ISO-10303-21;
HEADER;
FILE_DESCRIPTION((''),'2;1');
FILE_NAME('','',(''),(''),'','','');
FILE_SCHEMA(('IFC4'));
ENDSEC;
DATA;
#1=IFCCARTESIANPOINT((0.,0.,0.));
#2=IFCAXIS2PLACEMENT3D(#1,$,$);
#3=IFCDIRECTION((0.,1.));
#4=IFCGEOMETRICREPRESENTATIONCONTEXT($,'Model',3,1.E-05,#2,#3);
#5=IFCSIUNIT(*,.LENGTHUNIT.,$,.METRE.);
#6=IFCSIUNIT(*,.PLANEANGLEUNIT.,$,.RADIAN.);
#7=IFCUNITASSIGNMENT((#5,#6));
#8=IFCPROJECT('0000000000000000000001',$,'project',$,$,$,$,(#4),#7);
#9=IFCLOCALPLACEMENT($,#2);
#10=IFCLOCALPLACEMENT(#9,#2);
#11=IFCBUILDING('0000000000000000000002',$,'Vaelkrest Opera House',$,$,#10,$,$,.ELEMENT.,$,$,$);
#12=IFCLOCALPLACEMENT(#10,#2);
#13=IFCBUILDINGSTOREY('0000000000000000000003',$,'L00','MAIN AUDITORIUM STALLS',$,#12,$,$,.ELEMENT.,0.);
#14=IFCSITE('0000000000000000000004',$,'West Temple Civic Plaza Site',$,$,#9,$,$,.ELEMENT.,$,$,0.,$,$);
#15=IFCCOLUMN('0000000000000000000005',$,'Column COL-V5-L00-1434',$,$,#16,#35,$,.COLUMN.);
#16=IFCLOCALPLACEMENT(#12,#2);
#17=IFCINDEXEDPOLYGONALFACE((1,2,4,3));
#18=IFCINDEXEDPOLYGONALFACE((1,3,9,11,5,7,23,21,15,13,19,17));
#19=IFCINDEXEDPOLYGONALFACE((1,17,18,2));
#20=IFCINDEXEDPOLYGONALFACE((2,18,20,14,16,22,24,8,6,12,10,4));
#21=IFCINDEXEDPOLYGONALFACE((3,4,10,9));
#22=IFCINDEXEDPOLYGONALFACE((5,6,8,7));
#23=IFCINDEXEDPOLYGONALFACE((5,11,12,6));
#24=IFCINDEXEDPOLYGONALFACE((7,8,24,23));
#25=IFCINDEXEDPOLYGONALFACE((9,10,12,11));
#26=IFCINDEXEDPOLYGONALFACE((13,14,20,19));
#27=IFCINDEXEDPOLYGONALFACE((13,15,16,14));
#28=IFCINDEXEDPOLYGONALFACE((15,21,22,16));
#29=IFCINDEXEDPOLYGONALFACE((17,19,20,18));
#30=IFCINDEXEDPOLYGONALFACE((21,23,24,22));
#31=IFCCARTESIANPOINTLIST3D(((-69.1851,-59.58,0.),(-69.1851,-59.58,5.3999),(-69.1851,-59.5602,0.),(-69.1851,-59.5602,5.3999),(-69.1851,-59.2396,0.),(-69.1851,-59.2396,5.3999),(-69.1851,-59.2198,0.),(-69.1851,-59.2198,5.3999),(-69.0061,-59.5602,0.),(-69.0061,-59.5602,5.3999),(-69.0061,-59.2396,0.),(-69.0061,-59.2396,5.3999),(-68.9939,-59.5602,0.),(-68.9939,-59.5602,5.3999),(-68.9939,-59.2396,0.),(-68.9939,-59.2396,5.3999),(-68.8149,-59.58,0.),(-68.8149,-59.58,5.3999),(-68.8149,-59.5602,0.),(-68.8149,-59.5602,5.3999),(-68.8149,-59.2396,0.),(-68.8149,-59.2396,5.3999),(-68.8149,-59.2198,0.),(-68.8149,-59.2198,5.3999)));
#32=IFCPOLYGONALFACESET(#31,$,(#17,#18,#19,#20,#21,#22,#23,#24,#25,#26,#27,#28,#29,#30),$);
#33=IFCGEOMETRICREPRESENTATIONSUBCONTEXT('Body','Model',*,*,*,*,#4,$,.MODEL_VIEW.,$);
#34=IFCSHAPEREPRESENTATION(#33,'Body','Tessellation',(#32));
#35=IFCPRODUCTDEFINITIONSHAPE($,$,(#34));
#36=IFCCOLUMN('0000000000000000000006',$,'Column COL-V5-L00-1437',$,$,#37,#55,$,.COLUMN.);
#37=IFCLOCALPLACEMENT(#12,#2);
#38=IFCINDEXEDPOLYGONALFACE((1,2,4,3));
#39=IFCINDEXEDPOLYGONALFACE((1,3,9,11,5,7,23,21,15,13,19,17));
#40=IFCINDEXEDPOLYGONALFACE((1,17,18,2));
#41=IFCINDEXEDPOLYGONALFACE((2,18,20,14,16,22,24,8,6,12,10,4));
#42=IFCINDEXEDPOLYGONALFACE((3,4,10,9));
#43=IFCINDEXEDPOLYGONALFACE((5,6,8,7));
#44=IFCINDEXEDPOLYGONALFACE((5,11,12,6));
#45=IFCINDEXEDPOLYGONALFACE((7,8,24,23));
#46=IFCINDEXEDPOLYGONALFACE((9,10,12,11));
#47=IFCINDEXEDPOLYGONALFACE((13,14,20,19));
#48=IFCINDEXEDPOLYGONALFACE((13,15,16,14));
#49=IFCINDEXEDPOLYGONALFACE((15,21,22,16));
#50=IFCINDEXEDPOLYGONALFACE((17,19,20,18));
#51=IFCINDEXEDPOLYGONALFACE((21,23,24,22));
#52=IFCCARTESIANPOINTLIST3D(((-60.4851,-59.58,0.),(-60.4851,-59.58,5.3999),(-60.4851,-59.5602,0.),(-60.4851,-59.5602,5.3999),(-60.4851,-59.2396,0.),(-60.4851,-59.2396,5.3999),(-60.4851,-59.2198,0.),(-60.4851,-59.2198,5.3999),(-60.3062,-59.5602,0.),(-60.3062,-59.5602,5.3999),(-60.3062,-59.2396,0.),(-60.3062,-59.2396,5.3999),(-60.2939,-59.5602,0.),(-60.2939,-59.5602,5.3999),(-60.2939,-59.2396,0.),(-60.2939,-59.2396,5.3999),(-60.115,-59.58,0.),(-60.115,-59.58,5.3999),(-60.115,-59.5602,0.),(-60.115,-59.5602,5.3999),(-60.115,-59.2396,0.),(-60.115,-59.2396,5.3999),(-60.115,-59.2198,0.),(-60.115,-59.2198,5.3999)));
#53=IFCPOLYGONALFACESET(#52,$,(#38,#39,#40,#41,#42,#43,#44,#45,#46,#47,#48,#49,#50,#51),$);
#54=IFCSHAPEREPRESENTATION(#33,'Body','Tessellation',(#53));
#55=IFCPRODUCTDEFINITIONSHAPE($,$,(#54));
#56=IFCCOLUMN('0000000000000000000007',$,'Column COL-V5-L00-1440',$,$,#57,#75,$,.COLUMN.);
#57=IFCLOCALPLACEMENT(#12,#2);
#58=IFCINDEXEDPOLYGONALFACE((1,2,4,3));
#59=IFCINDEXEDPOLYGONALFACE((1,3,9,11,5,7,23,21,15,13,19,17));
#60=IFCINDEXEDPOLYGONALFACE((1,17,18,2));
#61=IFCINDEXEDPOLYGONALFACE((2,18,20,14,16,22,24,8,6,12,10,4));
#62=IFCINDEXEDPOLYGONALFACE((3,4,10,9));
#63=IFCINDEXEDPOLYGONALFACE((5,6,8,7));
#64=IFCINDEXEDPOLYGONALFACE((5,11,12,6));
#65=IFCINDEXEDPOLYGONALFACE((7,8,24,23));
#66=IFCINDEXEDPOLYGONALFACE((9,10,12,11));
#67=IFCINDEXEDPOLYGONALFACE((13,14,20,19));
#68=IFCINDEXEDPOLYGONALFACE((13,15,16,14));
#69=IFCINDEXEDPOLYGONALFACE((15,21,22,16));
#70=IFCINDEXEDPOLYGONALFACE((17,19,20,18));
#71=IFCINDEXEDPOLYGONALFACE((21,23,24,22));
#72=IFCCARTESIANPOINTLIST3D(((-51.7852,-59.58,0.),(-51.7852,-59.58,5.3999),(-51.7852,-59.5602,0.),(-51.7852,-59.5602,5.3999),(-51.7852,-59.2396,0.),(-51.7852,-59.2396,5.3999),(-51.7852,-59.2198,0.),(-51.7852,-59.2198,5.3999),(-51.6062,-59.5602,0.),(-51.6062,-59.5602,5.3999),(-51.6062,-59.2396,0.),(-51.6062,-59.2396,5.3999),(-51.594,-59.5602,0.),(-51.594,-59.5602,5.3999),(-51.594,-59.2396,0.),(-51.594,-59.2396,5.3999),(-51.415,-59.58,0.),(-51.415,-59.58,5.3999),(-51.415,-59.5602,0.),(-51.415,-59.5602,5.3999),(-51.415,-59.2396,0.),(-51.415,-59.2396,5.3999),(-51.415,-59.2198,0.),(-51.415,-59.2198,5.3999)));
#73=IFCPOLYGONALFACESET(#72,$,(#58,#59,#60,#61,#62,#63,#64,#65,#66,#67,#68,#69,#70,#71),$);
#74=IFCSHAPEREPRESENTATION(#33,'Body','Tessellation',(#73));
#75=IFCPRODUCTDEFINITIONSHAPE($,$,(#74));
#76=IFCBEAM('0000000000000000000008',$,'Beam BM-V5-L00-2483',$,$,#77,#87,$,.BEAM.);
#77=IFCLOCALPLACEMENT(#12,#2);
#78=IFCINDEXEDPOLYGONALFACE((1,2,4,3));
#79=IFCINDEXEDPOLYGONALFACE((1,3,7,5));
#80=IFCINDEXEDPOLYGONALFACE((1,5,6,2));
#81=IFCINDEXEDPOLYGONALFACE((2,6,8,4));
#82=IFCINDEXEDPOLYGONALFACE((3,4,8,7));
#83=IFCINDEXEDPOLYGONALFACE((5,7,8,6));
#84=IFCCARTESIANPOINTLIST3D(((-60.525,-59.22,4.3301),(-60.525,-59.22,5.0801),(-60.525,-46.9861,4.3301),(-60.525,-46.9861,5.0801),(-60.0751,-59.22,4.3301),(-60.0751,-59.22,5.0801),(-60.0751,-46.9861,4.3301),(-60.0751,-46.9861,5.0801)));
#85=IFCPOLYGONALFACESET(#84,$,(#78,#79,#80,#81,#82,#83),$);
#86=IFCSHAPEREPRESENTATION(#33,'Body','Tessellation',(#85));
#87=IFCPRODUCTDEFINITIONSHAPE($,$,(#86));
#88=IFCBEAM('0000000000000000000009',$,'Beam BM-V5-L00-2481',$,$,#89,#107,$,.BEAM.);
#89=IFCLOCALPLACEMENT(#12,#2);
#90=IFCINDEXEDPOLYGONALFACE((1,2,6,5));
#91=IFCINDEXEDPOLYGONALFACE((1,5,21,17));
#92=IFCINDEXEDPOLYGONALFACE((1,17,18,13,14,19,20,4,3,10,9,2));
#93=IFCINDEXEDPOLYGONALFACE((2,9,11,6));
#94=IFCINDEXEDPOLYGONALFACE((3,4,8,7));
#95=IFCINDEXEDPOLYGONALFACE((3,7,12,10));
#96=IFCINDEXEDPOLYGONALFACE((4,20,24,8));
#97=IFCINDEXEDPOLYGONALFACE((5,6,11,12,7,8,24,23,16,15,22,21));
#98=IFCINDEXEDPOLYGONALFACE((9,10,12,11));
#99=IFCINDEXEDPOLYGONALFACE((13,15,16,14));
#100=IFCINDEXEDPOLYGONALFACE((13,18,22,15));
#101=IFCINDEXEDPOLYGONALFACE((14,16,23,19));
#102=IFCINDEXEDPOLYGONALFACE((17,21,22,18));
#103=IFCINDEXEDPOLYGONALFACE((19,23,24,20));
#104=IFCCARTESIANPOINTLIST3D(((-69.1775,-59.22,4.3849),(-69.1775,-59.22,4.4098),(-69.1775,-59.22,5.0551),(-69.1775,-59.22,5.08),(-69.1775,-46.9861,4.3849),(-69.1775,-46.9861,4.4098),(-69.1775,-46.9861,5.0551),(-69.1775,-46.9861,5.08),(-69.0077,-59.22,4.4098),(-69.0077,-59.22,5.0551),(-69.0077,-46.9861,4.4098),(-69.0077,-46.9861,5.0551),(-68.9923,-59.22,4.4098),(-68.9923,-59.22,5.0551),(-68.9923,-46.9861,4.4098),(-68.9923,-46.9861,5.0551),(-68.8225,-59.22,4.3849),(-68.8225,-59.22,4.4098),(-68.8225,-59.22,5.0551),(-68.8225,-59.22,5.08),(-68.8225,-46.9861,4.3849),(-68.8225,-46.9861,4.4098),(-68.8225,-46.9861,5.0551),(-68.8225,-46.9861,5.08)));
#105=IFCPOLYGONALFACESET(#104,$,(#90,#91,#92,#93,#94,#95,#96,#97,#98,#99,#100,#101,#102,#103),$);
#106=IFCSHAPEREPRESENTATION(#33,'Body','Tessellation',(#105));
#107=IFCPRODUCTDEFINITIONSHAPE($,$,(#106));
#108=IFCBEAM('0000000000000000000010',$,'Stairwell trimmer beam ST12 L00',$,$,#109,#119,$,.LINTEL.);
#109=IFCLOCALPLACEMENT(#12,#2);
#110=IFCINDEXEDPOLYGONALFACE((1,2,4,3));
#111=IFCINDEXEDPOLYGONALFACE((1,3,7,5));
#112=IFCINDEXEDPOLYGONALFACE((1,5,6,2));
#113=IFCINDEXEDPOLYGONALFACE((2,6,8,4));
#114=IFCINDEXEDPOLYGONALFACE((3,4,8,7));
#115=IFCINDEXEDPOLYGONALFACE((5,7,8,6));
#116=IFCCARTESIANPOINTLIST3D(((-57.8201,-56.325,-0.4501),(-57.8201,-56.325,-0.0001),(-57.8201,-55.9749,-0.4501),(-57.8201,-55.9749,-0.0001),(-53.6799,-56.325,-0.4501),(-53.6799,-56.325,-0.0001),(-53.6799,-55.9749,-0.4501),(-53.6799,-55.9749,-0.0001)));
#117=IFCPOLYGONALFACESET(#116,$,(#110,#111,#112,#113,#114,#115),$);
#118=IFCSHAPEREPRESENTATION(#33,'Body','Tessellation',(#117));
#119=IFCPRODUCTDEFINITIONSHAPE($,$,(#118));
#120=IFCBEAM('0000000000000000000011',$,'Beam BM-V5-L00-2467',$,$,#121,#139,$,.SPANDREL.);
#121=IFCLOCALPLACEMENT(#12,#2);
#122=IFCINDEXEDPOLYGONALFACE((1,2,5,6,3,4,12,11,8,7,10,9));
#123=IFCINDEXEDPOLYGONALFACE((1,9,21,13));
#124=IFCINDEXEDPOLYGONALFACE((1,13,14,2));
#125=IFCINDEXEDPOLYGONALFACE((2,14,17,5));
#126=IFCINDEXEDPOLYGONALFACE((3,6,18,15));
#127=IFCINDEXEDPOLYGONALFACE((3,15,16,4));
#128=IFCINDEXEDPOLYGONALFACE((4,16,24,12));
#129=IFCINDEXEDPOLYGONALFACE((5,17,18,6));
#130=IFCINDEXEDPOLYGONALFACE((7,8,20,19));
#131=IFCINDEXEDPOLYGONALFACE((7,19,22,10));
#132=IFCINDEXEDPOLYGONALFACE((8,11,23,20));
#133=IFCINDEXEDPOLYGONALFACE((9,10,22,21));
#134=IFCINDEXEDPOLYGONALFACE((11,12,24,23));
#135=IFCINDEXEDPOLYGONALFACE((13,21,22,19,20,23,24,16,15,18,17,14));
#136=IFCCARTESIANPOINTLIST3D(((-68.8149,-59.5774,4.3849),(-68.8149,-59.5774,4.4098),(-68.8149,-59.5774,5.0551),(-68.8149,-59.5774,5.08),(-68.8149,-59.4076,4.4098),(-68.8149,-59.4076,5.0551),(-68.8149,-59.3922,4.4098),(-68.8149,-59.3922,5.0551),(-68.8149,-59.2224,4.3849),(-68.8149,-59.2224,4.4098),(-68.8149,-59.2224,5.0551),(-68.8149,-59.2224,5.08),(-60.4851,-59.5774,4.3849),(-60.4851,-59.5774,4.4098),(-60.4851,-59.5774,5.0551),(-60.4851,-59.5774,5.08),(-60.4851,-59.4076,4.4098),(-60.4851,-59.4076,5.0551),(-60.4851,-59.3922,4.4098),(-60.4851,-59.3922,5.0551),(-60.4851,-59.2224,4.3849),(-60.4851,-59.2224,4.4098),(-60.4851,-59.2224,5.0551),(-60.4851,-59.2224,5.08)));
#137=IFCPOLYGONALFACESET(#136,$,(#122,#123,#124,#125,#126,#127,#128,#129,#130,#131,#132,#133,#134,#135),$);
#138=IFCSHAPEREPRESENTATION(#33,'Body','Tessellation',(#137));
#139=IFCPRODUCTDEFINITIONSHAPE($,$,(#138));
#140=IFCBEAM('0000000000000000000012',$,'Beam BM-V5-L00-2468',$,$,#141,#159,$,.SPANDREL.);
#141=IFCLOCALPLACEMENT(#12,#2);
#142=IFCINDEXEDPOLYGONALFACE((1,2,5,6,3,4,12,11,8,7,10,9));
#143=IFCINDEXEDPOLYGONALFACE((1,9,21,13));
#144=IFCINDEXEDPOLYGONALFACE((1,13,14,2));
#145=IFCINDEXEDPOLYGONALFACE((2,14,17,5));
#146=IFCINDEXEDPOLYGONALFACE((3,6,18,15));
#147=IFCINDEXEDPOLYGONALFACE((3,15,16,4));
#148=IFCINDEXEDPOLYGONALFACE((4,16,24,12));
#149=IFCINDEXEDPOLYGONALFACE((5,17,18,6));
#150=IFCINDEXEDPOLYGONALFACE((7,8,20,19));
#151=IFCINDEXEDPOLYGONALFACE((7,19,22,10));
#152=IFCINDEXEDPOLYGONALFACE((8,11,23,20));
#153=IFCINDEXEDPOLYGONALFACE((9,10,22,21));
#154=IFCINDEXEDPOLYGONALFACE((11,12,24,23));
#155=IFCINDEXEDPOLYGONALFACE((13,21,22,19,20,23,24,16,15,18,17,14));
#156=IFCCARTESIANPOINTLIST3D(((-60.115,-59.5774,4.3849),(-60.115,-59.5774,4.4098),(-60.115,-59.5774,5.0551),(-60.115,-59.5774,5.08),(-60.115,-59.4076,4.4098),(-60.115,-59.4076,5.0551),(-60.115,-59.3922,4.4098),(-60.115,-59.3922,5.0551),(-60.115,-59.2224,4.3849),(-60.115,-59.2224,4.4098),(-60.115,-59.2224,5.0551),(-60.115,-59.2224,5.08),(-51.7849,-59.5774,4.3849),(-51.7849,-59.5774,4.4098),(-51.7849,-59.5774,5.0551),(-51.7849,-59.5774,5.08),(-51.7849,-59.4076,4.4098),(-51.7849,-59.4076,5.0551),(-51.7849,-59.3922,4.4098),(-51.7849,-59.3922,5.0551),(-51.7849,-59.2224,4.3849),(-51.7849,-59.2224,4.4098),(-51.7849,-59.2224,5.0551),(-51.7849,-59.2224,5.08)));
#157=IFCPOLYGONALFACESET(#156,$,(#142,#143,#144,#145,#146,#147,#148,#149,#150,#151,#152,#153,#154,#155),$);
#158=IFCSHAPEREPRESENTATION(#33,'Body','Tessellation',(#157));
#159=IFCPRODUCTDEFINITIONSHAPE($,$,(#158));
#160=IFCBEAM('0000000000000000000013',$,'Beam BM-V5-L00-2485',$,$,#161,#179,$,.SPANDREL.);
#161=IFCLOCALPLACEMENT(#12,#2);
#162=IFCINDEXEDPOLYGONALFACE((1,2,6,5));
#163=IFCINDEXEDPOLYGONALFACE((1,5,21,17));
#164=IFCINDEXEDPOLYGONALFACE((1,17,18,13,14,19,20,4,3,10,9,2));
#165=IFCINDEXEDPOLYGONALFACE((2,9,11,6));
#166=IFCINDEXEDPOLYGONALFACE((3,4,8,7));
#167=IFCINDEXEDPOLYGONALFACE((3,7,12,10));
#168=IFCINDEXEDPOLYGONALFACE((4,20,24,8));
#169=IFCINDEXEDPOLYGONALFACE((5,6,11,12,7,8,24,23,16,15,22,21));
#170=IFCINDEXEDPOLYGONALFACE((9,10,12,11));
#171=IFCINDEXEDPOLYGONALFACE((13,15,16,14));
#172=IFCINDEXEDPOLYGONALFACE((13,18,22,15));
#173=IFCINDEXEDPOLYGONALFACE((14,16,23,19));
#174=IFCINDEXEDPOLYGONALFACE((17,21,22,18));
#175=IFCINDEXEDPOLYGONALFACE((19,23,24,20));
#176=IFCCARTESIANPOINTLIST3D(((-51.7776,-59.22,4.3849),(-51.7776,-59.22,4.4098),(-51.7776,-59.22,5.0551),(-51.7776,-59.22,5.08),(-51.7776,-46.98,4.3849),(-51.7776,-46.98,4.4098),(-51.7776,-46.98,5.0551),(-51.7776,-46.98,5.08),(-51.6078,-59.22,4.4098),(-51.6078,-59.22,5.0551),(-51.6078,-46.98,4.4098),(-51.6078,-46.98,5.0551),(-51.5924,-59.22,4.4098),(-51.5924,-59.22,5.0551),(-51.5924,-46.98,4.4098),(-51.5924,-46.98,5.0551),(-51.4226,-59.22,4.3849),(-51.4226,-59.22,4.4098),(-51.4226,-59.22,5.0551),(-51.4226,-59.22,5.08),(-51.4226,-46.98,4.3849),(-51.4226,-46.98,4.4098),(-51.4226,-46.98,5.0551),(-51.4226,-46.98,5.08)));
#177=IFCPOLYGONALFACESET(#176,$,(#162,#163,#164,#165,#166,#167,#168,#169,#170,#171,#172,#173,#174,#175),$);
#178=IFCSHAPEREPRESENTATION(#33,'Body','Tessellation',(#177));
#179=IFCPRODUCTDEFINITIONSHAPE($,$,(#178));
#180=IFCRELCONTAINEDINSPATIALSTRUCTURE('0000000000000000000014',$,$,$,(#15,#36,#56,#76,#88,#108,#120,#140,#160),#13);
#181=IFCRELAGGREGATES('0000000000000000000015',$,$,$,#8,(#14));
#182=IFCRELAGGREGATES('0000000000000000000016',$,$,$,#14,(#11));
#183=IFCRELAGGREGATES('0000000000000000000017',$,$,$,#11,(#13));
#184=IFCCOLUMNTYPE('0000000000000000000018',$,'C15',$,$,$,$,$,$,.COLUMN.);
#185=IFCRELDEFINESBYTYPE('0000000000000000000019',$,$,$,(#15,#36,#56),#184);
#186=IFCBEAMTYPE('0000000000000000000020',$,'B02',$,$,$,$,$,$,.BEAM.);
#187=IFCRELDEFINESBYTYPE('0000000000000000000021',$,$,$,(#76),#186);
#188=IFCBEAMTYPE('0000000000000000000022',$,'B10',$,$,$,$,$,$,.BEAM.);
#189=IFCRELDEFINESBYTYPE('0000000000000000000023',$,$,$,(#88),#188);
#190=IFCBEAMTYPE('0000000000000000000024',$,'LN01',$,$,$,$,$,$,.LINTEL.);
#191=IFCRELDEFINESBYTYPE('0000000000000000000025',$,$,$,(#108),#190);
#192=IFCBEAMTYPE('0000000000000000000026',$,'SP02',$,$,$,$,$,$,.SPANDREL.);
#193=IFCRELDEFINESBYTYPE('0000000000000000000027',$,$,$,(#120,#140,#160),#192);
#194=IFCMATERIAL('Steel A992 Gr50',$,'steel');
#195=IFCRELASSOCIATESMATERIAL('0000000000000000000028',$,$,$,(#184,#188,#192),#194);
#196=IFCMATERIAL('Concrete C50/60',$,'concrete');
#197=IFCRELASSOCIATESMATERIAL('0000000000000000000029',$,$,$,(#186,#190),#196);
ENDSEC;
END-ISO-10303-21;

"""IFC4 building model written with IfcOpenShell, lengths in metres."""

from ifc_helpers import new_model, si_unit, direction, frame, origin, origin_2d, place, context, subcontext, project, spatial, rectangle, i_section, extrude, material, material_profile, profile_set, type_object, element, save


model = new_model("IFC4")

# Units and contexts
model_context = context("Model", 3, precision=1e-05, world=origin(), true_north=direction((0.0, 1.0)))
body_context = subcontext(model_context, "Body", "Model", "MODEL_VIEW")
ifc_project = project(units=[si_unit("LENGTHUNIT", "METRE"), si_unit("PLANEANGLEUNIT", "RADIAN")], contexts=[model_context])

# Site, building, storey
site_placement = place(None, origin())
site = spatial("IfcSite", under=ifc_project, at=site_placement, Name="West Temple Civic Plaza Site", CompositionType="ELEMENT", RefElevation=0.0)
building_placement = place(site_placement, origin())
building = spatial("IfcBuilding", under=site, at=building_placement, Name="Vaelkrest Opera House", CompositionType="ELEMENT")
storey_placement = place(building_placement, origin())
storey = spatial("IfcBuildingStorey", under=building, at=storey_placement, Name="L00", Description="MAIN AUDITORIUM STALLS", CompositionType="ELEMENT", Elevation=0.0)

# Columns
ifc_material_1 = material(Name="Steel A992 Gr50", Category="steel")
ifc_material_profile_1 = material_profile(ifc_material_1, i_section(OverallWidth=0.3701, OverallDepth=0.3601, WebThickness=0.0122, FlangeThickness=0.0198, at=origin_2d()), Name="W14X99")
ifc_profile_set_1 = profile_set([ifc_material_profile_1], Name="Steel A992 Gr50")
column_type = type_object("IfcColumnType", Name="C15", PredefinedType="COLUMN", material=ifc_profile_set_1)
for number, where, z_axis, x_axis, name in (
    (1, (-69.0, -59.3999, 0.0), (0.0, 0.0, 1.0), (1.0, 0.0, 0.0), "Column COL-V5-L00-1434"),
    (2, (-60.3, -59.3999, 0.0), (0.0, 0.0, 1.0), (1.0, 0.0, 0.0), "Column COL-V5-L00-1437"),
    (3, (-51.6001, -59.3999, 0.0), (0.0, 0.0, 1.0), (1.0, 0.0, 0.0), "Column COL-V5-L00-1440"),
):
    element("IfcColumn", number, at=place(storey_placement, frame(where, z_axis=z_axis, x_axis=x_axis)), inside=storey, type_object=column_type, Name=name, PredefinedType="COLUMN", context=body_context, shape_type="SweptSolid", body=[
        extrude(i_section(OverallWidth=0.3701, OverallDepth=0.3601, WebThickness=0.0122, FlangeThickness=0.0198, at=origin_2d()), origin(), (0.0, 0.0, 1.0), 5.3999),
    ])

# Beams
ifc_material_2 = material(Name="Concrete C50/60", Category="concrete")
ifc_material_profile_2 = material_profile(ifc_material_2, rectangle(XDim=0.45, YDim=0.75, at=origin_2d()), Name="RCB450X750")
ifc_profile_set_2 = profile_set([ifc_material_profile_2], Name="Concrete C50/60")
beam_type_1 = type_object("IfcBeamType", Name="B02", PredefinedType="BEAM", material=ifc_profile_set_2)
beam_1_placement = place(storey_placement, frame((-60.3, -59.22, 4.7051), z_axis=(0.0, 1.0, 0.0), x_axis=(-1.0, 0.0, 0.0)))
element("IfcBeam", 4, at=beam_1_placement, inside=storey, type_object=beam_type_1, Name="Beam BM-V5-L00-2483", PredefinedType="BEAM", context=body_context, shape_type="SweptSolid", body=[
    extrude(rectangle(XDim=0.45, YDim=0.75, at=origin_2d()), origin(), (0.0, 0.0, 1.0), 12.2339),
])
ifc_material_profile_3 = material_profile(ifc_material_1, i_section(OverallWidth=0.355, OverallDepth=0.6951, WebThickness=0.0154, FlangeThickness=0.0249, at=origin_2d()), Name="W27X146")
ifc_profile_set_3 = profile_set([ifc_material_profile_3], Name="Steel A992 Gr50")
beam_type_2 = type_object("IfcBeamType", Name="B10", PredefinedType="BEAM", material=ifc_profile_set_3)
beam_2_placement = place(storey_placement, frame((-69.0, -59.22, 4.7324), z_axis=(0.0, 1.0, 0.0), x_axis=(-1.0, 0.0, 0.0)))
element("IfcBeam", 5, at=beam_2_placement, inside=storey, type_object=beam_type_2, Name="Beam BM-V5-L00-2481", PredefinedType="BEAM", context=body_context, shape_type="SweptSolid", body=[
    extrude(i_section(OverallWidth=0.355, OverallDepth=0.6951, WebThickness=0.0154, FlangeThickness=0.0249, at=origin_2d()), origin(), (0.0, 0.0, 1.0), 12.2339),
])
ifc_material_profile_4 = material_profile(ifc_material_2, rectangle(XDim=0.3501, YDim=0.45, at=origin_2d()), Name="RCB350X450")
ifc_profile_set_4 = profile_set([ifc_material_profile_4], Name="Concrete C50/60")
beam_type_3 = type_object("IfcBeamType", Name="LN01", PredefinedType="LINTEL", material=ifc_profile_set_4)
beam_3_placement = place(storey_placement, frame((-57.8201, -56.1499, -0.2251), z_axis=(1.0, 0.0, 0.0), x_axis=(0.0, 1.0, 0.0)))
element("IfcBeam", 6, at=beam_3_placement, inside=storey, type_object=beam_type_3, Name="Stairwell trimmer beam ST12 L00", PredefinedType="LINTEL", context=body_context, shape_type="SweptSolid", body=[
    extrude(rectangle(XDim=0.3501, YDim=0.45, at=origin_2d()), origin(), (0.0, 0.0, 1.0), 4.1401),
])
ifc_material_profile_5 = material_profile(ifc_material_1, i_section(OverallWidth=0.355, OverallDepth=0.6951, WebThickness=0.0154, FlangeThickness=0.0249, at=origin_2d()), Name="W27X146")
ifc_profile_set_5 = profile_set([ifc_material_profile_5], Name="Steel A992 Gr50")
beam_type_4 = type_object("IfcBeamType", Name="SP02", PredefinedType="SPANDREL", material=ifc_profile_set_5)
beam_4_placement = place(storey_placement, frame((-68.8149, -59.3999, 4.7324), z_axis=(1.0, 0.0, 0.0), x_axis=(0.0, 1.0, 0.0)))
element("IfcBeam", 7, at=beam_4_placement, inside=storey, type_object=beam_type_4, Name="Beam BM-V5-L00-2467", PredefinedType="SPANDREL", context=body_context, shape_type="SweptSolid", body=[
    extrude(i_section(OverallWidth=0.355, OverallDepth=0.6951, WebThickness=0.0154, FlangeThickness=0.0249, at=origin_2d()), origin(), (0.0, 0.0, 1.0), 8.3298),
])
beam_5_placement = place(storey_placement, frame((-60.115, -59.3999, 4.7324), z_axis=(1.0, 0.0, 0.0), x_axis=(0.0, 1.0, 0.0)))
element("IfcBeam", 8, at=beam_5_placement, inside=storey, type_object=beam_type_4, Name="Beam BM-V5-L00-2468", PredefinedType="SPANDREL", context=body_context, shape_type="SweptSolid", body=[
    extrude(i_section(OverallWidth=0.355, OverallDepth=0.6951, WebThickness=0.0154, FlangeThickness=0.0249, at=origin_2d()), origin(), (0.0, 0.0, 1.0), 8.3301),
])
beam_6_placement = place(storey_placement, frame((-51.6001, -59.22, 4.7324), z_axis=(0.0, 1.0, 0.0), x_axis=(-1.0, 0.0, 0.0)))
element("IfcBeam", 9, at=beam_6_placement, inside=storey, type_object=beam_type_4, Name="Beam BM-V5-L00-2485", PredefinedType="SPANDREL", context=body_context, shape_type="SweptSolid", body=[
    extrude(i_section(OverallWidth=0.355, OverallDepth=0.6951, WebThickness=0.0154, FlangeThickness=0.0249, at=origin_2d()), origin(), (0.0, 0.0, 1.0), 12.24),
])

save(model, "model.ifc")
